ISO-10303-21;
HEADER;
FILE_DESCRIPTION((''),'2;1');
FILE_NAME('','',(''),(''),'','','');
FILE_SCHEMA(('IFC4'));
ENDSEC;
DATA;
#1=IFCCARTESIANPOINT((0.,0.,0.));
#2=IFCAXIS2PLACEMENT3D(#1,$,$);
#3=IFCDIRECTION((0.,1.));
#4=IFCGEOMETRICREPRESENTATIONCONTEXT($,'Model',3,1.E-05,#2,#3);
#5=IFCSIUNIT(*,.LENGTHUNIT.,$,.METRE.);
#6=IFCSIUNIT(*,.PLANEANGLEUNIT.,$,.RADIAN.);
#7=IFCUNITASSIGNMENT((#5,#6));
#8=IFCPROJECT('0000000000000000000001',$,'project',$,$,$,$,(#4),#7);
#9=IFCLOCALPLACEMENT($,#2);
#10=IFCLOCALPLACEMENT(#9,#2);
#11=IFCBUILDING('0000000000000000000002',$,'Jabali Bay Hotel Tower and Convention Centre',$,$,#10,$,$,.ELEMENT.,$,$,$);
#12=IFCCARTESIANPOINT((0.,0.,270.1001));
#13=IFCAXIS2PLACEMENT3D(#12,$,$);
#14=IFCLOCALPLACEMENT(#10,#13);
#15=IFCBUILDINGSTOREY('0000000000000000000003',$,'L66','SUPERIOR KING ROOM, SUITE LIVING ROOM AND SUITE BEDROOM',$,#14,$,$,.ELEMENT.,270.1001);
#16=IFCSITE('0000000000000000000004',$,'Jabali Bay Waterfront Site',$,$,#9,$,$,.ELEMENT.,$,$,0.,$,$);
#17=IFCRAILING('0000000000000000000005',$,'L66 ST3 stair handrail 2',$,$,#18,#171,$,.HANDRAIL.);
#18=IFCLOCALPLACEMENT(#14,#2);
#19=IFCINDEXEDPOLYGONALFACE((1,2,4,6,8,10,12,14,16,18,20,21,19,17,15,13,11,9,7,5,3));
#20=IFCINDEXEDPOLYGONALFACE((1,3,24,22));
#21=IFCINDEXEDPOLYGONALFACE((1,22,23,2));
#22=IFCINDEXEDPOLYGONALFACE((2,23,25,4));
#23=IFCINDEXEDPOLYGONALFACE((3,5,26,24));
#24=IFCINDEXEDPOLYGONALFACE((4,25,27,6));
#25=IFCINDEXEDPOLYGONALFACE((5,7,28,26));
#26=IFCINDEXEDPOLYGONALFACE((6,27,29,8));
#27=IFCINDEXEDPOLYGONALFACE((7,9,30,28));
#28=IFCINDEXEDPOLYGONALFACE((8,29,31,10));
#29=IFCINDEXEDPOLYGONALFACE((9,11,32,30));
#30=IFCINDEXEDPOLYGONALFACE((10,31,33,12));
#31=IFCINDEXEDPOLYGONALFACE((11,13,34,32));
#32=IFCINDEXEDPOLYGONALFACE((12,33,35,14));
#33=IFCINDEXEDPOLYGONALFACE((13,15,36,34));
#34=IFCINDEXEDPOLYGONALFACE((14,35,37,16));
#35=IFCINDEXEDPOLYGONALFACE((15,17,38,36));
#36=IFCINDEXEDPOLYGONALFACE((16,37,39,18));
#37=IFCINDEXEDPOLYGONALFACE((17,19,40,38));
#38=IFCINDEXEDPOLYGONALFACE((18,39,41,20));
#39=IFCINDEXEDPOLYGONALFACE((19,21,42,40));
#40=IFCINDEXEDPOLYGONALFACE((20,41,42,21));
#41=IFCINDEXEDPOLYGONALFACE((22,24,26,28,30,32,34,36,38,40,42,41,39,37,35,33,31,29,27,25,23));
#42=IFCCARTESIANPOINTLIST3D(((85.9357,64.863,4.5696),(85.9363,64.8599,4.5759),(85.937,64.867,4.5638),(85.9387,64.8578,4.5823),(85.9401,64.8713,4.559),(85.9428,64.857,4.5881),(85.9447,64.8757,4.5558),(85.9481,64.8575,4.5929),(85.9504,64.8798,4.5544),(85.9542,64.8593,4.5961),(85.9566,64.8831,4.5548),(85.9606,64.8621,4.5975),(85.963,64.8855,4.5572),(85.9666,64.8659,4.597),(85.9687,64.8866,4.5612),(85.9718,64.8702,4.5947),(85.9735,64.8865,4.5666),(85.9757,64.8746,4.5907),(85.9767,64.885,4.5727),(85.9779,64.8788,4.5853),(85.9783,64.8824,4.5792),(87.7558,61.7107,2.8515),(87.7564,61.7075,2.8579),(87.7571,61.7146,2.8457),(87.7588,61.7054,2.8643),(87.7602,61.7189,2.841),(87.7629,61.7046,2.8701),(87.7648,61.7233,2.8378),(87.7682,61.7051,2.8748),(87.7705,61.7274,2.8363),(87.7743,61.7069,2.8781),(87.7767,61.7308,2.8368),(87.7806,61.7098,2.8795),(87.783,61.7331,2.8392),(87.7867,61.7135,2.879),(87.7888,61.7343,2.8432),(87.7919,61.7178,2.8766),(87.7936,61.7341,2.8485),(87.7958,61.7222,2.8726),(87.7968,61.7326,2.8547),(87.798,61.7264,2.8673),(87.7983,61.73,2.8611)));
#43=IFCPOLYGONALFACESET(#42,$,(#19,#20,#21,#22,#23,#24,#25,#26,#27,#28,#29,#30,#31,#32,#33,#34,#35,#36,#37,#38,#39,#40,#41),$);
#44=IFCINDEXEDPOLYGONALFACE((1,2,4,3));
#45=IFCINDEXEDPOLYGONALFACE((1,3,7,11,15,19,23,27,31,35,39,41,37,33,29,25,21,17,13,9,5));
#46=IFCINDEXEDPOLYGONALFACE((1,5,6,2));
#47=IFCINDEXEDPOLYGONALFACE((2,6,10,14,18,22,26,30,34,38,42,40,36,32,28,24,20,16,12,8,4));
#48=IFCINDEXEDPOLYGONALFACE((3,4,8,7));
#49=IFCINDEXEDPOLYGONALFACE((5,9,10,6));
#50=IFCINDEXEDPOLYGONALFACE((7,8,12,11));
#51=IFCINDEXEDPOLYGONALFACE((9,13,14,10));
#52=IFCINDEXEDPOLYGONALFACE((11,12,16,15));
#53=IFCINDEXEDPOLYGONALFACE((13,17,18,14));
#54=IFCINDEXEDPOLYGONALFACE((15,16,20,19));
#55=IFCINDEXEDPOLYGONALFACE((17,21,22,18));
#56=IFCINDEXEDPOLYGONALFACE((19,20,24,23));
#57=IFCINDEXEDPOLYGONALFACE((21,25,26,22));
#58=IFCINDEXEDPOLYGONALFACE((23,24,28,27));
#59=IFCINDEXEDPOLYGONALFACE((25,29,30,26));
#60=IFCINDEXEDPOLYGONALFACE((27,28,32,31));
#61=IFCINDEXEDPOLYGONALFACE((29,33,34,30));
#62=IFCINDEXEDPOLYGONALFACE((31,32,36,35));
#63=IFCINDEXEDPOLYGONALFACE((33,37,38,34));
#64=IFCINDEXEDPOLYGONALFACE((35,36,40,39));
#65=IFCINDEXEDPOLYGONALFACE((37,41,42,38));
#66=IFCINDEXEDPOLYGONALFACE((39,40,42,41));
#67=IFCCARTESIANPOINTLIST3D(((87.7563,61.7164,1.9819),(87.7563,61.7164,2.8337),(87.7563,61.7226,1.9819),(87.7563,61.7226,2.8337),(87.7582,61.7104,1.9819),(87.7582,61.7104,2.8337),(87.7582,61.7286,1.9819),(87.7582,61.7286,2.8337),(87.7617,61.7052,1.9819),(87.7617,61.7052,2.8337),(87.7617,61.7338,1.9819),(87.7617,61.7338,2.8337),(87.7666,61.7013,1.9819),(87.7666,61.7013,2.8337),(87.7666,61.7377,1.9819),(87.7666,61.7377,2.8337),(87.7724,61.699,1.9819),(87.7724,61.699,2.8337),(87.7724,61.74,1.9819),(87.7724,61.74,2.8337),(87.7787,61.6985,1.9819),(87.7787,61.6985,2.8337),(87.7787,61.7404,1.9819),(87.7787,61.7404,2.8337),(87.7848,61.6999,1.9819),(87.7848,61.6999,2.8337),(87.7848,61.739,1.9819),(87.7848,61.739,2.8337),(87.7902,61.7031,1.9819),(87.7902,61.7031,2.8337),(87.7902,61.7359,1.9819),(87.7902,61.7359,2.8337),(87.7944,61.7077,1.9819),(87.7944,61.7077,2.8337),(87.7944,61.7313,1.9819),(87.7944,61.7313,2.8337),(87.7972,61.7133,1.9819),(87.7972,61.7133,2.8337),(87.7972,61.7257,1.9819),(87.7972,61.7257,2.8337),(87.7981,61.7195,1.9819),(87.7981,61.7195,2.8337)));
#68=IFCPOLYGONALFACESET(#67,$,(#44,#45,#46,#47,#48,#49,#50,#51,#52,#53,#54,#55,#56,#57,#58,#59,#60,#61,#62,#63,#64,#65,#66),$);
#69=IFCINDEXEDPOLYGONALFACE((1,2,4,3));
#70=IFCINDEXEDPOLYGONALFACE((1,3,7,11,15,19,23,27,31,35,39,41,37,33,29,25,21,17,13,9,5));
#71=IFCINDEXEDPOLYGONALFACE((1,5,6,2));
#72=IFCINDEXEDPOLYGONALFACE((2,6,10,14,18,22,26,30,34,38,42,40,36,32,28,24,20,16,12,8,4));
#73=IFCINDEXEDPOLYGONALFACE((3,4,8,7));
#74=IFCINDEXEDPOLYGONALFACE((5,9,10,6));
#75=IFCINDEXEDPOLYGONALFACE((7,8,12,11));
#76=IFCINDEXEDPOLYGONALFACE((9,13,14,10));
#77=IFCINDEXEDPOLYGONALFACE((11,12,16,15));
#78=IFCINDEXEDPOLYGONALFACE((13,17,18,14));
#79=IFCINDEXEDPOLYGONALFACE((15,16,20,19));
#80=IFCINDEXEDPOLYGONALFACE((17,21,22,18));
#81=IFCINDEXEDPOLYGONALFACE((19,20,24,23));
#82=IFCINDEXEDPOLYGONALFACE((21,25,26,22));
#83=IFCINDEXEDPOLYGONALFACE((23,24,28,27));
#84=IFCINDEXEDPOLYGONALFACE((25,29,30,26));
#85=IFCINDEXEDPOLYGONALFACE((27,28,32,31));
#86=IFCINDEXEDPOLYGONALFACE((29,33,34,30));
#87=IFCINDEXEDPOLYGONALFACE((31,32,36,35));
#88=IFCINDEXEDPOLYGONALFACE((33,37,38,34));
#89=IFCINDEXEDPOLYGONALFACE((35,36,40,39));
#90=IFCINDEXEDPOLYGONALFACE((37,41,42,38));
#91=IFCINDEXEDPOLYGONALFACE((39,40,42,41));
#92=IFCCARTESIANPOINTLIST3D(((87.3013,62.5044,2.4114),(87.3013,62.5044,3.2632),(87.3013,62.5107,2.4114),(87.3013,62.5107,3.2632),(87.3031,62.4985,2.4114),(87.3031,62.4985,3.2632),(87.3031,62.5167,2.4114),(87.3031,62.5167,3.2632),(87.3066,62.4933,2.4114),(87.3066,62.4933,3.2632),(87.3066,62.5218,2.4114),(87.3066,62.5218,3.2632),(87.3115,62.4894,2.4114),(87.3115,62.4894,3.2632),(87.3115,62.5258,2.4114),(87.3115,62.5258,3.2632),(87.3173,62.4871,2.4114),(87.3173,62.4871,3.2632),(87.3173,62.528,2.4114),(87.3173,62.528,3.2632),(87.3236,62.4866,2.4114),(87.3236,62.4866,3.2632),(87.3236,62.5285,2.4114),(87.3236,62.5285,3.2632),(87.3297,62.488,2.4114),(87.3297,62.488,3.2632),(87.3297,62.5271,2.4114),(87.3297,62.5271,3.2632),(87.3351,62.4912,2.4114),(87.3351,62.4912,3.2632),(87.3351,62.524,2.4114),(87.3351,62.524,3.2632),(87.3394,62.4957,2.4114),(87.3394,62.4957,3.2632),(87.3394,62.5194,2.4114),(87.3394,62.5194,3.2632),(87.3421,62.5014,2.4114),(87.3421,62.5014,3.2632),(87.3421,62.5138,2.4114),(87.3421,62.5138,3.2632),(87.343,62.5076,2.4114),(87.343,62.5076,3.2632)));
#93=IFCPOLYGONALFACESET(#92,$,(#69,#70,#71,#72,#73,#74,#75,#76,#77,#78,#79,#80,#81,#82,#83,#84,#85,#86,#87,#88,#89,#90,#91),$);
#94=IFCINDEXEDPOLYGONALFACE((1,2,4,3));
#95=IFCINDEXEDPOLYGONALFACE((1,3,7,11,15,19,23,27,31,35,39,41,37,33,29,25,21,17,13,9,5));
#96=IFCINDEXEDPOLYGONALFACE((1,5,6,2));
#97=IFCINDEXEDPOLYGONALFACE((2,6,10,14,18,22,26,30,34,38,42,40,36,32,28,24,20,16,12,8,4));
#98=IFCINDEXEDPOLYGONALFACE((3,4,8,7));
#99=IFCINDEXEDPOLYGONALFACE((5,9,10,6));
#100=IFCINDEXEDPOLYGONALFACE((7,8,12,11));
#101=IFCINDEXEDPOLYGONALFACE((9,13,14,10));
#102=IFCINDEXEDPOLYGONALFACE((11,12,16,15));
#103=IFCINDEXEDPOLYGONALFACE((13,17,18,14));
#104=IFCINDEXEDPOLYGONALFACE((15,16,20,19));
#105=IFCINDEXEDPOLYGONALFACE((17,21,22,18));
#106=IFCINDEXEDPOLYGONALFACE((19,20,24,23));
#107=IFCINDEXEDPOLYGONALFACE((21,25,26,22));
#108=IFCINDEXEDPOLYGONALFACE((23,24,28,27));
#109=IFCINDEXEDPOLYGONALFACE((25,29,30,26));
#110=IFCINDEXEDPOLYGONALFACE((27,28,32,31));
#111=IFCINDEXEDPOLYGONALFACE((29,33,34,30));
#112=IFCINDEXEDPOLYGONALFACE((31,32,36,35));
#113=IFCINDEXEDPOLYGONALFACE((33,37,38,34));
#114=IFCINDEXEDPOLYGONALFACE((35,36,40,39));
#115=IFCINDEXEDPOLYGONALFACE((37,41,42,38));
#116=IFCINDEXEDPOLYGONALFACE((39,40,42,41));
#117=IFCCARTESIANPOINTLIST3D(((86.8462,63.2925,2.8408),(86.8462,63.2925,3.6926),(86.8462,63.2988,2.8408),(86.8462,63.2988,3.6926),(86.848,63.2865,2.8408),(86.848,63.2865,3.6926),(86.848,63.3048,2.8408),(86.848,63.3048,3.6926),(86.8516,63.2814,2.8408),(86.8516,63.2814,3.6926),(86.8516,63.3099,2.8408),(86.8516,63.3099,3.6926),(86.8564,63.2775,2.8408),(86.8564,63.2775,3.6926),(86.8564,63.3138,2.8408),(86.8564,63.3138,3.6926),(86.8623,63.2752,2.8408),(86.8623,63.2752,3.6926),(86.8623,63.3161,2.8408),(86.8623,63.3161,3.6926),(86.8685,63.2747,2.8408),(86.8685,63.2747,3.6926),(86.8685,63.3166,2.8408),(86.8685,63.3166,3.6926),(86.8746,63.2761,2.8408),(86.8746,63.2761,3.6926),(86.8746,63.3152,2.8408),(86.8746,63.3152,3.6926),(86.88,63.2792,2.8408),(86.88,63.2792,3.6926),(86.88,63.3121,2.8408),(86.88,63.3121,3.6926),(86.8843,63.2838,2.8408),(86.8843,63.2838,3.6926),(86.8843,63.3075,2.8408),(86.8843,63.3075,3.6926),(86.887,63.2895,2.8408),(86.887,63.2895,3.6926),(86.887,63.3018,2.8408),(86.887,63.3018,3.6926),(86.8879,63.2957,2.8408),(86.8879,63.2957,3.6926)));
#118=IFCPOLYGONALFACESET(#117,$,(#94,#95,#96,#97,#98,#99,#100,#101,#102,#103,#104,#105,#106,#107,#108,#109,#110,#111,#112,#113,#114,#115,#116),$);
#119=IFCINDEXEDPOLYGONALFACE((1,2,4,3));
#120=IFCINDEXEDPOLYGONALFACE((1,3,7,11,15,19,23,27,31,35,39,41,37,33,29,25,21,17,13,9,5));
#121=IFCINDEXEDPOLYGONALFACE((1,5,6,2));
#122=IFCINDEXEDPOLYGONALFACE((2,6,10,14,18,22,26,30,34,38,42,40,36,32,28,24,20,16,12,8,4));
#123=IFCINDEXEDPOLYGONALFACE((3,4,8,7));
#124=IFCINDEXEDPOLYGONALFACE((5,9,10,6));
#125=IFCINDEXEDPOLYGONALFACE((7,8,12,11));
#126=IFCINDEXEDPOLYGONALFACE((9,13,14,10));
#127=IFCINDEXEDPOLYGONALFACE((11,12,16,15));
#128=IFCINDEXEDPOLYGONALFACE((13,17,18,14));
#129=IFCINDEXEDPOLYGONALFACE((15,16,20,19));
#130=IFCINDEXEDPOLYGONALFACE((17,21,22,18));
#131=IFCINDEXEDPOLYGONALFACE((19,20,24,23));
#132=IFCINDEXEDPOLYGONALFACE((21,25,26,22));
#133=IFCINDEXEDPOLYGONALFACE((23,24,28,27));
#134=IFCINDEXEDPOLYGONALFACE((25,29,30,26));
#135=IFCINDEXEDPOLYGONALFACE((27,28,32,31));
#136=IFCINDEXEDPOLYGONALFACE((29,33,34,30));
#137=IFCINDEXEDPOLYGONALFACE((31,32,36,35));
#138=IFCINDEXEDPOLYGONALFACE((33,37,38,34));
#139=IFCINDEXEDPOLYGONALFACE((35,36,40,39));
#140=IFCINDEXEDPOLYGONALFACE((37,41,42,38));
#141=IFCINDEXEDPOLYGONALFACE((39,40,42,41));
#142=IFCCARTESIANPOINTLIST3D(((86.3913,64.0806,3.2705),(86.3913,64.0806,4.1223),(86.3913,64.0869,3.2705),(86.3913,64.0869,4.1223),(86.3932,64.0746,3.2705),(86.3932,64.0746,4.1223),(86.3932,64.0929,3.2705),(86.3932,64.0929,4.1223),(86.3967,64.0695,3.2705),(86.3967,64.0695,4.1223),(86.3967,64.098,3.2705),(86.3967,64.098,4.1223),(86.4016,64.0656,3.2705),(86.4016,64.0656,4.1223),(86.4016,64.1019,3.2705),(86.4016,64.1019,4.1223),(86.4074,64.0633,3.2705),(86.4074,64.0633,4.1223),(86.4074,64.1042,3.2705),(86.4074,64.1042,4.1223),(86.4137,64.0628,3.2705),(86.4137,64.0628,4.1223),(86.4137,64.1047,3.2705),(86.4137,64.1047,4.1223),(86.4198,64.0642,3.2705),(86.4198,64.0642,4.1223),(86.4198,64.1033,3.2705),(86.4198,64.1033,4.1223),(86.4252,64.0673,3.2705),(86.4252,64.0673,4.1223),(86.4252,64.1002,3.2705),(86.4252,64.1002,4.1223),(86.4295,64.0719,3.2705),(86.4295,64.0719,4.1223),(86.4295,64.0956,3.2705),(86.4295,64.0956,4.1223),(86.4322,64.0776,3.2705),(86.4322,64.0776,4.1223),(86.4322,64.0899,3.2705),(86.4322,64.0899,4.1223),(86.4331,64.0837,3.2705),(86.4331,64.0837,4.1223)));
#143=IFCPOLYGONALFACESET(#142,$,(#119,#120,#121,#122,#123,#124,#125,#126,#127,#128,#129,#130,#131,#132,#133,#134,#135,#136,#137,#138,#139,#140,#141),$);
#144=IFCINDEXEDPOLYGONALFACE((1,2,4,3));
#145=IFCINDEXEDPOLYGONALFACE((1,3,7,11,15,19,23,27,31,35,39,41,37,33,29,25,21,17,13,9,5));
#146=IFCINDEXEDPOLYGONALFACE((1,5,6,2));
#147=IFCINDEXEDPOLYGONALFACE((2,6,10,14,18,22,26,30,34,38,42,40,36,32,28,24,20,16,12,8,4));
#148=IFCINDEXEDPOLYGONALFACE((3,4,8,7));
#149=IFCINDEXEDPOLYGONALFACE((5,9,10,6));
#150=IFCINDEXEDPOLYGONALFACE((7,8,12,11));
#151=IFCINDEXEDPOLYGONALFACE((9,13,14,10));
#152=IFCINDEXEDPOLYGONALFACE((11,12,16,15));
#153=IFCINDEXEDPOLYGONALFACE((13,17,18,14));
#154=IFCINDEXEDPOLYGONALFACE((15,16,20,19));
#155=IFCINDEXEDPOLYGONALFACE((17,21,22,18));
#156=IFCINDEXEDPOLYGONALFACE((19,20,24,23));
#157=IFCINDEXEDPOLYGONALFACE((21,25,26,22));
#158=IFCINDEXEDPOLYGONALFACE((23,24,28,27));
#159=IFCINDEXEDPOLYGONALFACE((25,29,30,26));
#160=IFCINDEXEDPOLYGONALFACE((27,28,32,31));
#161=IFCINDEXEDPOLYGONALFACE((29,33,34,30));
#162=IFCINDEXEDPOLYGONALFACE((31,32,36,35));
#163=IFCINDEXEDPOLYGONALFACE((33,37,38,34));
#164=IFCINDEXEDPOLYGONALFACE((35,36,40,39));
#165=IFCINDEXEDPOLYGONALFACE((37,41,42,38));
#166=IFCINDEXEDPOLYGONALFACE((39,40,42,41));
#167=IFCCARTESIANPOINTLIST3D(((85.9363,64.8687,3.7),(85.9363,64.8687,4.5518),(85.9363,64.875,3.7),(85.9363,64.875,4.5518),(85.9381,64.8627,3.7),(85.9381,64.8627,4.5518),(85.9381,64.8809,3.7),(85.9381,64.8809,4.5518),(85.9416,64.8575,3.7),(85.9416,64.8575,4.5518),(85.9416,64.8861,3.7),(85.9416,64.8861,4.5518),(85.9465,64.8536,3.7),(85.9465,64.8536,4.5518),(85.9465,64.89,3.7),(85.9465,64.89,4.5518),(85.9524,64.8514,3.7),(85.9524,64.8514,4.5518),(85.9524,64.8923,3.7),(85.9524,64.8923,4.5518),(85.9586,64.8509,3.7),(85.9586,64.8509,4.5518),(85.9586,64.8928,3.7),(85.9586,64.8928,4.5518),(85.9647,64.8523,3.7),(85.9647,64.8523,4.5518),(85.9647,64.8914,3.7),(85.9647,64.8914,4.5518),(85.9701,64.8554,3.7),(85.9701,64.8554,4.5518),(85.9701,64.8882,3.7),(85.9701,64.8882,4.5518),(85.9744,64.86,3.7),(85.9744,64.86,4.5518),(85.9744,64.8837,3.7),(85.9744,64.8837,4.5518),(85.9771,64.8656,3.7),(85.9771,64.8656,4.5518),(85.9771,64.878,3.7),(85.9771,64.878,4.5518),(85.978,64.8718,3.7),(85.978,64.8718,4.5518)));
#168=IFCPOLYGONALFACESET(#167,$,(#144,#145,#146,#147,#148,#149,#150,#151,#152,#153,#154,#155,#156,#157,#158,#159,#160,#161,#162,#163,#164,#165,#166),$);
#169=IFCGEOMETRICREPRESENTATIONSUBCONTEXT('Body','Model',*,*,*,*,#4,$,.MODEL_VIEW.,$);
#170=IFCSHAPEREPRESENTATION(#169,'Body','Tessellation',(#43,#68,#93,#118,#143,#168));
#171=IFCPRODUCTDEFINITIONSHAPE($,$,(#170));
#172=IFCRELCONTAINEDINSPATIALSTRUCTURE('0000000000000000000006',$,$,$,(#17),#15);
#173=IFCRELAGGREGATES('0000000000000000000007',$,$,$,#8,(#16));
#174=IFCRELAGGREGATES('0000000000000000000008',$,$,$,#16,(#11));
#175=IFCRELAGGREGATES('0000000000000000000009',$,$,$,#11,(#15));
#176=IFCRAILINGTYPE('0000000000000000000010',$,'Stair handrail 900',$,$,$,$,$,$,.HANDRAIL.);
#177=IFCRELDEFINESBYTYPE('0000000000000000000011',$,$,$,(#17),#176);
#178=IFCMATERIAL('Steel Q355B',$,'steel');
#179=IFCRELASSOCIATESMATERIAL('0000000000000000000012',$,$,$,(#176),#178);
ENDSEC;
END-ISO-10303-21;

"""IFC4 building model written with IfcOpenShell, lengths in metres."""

from ifc_helpers import new_model, si_unit, direction, frame, origin, origin_2d, place, context, subcontext, project, spatial, circle, extrude, material, type_object, element, save


model = new_model("IFC4")

# Units and contexts
model_context = context("Model", 3, precision=1e-05, world=origin(), true_north=direction((0.0, 1.0)))
body_context = subcontext(model_context, "Body", "Model", "MODEL_VIEW")
ifc_project = project(units=[si_unit("LENGTHUNIT", "METRE"), si_unit("PLANEANGLEUNIT", "RADIAN")], contexts=[model_context])

# Site, building, storey
site_placement = place(None, origin())
site = spatial("IfcSite", under=ifc_project, at=site_placement, Name="Jabali Bay Waterfront Site", CompositionType="ELEMENT", RefElevation=0.0)
building_placement = place(site_placement, origin())
building = spatial("IfcBuilding", under=site, at=building_placement, Name="Jabali Bay Hotel Tower and Convention Centre", CompositionType="ELEMENT")
storey_placement = place(building_placement, frame((0.0, 0.0, 270.1001)))
storey = spatial("IfcBuildingStorey", under=building, at=storey_placement, Name="L66", Description="SUPERIOR KING ROOM, SUITE LIVING ROOM AND SUITE BEDROOM", CompositionType="ELEMENT", Elevation=270.1001)

# Railing
ifc_material_1 = material(Name="Steel Q355B", Category="steel")
railing_type_1 = type_object("IfcRailingType", Name="Stair handrail 900", PredefinedType="HANDRAIL", material=ifc_material_1)
railing_1_placement = place(storey_placement, frame((87.7771, 61.7195, 1.9819)))
element("IfcRailing", 1, at=railing_1_placement, inside=storey, type_object=railing_type_1, Name="L66 ST3 stair handrail 2", PredefinedType="HANDRAIL", context=body_context, shape_type="SweptSolid", body=[
    extrude(circle(Radius=0.0239, at=origin_2d()), frame((0.0, 0.0, 0.876), z_axis=(-0.452179, 0.78317, 0.426825), x_axis=(-0.866018, -0.500013, 0.0)), (0.0, 0.0, 1.0), 4.0251),
    extrude(circle(Radius=0.021, at=origin_2d()), origin(), (0.0, 0.0, 1.0), 0.8518),
    extrude(circle(Radius=0.021, at=origin_2d()), frame((-0.4551, 0.7881, 0.4294)), (0.0, 0.0, 1.0), 0.8518),
    extrude(circle(Radius=0.021, at=origin_2d()), frame((-0.9102, 1.5762, 0.8589)), (0.0, 0.0, 1.0), 0.8518),
    extrude(circle(Radius=0.021, at=origin_2d()), frame((-1.365, 2.3643, 1.2886)), (0.0, 0.0, 1.0), 0.8518),
    extrude(circle(Radius=0.021, at=origin_2d()), frame((-1.8201, 3.1523, 1.718)), (0.0, 0.0, 1.0), 0.8518),
])

save(model, "model.ifc")
